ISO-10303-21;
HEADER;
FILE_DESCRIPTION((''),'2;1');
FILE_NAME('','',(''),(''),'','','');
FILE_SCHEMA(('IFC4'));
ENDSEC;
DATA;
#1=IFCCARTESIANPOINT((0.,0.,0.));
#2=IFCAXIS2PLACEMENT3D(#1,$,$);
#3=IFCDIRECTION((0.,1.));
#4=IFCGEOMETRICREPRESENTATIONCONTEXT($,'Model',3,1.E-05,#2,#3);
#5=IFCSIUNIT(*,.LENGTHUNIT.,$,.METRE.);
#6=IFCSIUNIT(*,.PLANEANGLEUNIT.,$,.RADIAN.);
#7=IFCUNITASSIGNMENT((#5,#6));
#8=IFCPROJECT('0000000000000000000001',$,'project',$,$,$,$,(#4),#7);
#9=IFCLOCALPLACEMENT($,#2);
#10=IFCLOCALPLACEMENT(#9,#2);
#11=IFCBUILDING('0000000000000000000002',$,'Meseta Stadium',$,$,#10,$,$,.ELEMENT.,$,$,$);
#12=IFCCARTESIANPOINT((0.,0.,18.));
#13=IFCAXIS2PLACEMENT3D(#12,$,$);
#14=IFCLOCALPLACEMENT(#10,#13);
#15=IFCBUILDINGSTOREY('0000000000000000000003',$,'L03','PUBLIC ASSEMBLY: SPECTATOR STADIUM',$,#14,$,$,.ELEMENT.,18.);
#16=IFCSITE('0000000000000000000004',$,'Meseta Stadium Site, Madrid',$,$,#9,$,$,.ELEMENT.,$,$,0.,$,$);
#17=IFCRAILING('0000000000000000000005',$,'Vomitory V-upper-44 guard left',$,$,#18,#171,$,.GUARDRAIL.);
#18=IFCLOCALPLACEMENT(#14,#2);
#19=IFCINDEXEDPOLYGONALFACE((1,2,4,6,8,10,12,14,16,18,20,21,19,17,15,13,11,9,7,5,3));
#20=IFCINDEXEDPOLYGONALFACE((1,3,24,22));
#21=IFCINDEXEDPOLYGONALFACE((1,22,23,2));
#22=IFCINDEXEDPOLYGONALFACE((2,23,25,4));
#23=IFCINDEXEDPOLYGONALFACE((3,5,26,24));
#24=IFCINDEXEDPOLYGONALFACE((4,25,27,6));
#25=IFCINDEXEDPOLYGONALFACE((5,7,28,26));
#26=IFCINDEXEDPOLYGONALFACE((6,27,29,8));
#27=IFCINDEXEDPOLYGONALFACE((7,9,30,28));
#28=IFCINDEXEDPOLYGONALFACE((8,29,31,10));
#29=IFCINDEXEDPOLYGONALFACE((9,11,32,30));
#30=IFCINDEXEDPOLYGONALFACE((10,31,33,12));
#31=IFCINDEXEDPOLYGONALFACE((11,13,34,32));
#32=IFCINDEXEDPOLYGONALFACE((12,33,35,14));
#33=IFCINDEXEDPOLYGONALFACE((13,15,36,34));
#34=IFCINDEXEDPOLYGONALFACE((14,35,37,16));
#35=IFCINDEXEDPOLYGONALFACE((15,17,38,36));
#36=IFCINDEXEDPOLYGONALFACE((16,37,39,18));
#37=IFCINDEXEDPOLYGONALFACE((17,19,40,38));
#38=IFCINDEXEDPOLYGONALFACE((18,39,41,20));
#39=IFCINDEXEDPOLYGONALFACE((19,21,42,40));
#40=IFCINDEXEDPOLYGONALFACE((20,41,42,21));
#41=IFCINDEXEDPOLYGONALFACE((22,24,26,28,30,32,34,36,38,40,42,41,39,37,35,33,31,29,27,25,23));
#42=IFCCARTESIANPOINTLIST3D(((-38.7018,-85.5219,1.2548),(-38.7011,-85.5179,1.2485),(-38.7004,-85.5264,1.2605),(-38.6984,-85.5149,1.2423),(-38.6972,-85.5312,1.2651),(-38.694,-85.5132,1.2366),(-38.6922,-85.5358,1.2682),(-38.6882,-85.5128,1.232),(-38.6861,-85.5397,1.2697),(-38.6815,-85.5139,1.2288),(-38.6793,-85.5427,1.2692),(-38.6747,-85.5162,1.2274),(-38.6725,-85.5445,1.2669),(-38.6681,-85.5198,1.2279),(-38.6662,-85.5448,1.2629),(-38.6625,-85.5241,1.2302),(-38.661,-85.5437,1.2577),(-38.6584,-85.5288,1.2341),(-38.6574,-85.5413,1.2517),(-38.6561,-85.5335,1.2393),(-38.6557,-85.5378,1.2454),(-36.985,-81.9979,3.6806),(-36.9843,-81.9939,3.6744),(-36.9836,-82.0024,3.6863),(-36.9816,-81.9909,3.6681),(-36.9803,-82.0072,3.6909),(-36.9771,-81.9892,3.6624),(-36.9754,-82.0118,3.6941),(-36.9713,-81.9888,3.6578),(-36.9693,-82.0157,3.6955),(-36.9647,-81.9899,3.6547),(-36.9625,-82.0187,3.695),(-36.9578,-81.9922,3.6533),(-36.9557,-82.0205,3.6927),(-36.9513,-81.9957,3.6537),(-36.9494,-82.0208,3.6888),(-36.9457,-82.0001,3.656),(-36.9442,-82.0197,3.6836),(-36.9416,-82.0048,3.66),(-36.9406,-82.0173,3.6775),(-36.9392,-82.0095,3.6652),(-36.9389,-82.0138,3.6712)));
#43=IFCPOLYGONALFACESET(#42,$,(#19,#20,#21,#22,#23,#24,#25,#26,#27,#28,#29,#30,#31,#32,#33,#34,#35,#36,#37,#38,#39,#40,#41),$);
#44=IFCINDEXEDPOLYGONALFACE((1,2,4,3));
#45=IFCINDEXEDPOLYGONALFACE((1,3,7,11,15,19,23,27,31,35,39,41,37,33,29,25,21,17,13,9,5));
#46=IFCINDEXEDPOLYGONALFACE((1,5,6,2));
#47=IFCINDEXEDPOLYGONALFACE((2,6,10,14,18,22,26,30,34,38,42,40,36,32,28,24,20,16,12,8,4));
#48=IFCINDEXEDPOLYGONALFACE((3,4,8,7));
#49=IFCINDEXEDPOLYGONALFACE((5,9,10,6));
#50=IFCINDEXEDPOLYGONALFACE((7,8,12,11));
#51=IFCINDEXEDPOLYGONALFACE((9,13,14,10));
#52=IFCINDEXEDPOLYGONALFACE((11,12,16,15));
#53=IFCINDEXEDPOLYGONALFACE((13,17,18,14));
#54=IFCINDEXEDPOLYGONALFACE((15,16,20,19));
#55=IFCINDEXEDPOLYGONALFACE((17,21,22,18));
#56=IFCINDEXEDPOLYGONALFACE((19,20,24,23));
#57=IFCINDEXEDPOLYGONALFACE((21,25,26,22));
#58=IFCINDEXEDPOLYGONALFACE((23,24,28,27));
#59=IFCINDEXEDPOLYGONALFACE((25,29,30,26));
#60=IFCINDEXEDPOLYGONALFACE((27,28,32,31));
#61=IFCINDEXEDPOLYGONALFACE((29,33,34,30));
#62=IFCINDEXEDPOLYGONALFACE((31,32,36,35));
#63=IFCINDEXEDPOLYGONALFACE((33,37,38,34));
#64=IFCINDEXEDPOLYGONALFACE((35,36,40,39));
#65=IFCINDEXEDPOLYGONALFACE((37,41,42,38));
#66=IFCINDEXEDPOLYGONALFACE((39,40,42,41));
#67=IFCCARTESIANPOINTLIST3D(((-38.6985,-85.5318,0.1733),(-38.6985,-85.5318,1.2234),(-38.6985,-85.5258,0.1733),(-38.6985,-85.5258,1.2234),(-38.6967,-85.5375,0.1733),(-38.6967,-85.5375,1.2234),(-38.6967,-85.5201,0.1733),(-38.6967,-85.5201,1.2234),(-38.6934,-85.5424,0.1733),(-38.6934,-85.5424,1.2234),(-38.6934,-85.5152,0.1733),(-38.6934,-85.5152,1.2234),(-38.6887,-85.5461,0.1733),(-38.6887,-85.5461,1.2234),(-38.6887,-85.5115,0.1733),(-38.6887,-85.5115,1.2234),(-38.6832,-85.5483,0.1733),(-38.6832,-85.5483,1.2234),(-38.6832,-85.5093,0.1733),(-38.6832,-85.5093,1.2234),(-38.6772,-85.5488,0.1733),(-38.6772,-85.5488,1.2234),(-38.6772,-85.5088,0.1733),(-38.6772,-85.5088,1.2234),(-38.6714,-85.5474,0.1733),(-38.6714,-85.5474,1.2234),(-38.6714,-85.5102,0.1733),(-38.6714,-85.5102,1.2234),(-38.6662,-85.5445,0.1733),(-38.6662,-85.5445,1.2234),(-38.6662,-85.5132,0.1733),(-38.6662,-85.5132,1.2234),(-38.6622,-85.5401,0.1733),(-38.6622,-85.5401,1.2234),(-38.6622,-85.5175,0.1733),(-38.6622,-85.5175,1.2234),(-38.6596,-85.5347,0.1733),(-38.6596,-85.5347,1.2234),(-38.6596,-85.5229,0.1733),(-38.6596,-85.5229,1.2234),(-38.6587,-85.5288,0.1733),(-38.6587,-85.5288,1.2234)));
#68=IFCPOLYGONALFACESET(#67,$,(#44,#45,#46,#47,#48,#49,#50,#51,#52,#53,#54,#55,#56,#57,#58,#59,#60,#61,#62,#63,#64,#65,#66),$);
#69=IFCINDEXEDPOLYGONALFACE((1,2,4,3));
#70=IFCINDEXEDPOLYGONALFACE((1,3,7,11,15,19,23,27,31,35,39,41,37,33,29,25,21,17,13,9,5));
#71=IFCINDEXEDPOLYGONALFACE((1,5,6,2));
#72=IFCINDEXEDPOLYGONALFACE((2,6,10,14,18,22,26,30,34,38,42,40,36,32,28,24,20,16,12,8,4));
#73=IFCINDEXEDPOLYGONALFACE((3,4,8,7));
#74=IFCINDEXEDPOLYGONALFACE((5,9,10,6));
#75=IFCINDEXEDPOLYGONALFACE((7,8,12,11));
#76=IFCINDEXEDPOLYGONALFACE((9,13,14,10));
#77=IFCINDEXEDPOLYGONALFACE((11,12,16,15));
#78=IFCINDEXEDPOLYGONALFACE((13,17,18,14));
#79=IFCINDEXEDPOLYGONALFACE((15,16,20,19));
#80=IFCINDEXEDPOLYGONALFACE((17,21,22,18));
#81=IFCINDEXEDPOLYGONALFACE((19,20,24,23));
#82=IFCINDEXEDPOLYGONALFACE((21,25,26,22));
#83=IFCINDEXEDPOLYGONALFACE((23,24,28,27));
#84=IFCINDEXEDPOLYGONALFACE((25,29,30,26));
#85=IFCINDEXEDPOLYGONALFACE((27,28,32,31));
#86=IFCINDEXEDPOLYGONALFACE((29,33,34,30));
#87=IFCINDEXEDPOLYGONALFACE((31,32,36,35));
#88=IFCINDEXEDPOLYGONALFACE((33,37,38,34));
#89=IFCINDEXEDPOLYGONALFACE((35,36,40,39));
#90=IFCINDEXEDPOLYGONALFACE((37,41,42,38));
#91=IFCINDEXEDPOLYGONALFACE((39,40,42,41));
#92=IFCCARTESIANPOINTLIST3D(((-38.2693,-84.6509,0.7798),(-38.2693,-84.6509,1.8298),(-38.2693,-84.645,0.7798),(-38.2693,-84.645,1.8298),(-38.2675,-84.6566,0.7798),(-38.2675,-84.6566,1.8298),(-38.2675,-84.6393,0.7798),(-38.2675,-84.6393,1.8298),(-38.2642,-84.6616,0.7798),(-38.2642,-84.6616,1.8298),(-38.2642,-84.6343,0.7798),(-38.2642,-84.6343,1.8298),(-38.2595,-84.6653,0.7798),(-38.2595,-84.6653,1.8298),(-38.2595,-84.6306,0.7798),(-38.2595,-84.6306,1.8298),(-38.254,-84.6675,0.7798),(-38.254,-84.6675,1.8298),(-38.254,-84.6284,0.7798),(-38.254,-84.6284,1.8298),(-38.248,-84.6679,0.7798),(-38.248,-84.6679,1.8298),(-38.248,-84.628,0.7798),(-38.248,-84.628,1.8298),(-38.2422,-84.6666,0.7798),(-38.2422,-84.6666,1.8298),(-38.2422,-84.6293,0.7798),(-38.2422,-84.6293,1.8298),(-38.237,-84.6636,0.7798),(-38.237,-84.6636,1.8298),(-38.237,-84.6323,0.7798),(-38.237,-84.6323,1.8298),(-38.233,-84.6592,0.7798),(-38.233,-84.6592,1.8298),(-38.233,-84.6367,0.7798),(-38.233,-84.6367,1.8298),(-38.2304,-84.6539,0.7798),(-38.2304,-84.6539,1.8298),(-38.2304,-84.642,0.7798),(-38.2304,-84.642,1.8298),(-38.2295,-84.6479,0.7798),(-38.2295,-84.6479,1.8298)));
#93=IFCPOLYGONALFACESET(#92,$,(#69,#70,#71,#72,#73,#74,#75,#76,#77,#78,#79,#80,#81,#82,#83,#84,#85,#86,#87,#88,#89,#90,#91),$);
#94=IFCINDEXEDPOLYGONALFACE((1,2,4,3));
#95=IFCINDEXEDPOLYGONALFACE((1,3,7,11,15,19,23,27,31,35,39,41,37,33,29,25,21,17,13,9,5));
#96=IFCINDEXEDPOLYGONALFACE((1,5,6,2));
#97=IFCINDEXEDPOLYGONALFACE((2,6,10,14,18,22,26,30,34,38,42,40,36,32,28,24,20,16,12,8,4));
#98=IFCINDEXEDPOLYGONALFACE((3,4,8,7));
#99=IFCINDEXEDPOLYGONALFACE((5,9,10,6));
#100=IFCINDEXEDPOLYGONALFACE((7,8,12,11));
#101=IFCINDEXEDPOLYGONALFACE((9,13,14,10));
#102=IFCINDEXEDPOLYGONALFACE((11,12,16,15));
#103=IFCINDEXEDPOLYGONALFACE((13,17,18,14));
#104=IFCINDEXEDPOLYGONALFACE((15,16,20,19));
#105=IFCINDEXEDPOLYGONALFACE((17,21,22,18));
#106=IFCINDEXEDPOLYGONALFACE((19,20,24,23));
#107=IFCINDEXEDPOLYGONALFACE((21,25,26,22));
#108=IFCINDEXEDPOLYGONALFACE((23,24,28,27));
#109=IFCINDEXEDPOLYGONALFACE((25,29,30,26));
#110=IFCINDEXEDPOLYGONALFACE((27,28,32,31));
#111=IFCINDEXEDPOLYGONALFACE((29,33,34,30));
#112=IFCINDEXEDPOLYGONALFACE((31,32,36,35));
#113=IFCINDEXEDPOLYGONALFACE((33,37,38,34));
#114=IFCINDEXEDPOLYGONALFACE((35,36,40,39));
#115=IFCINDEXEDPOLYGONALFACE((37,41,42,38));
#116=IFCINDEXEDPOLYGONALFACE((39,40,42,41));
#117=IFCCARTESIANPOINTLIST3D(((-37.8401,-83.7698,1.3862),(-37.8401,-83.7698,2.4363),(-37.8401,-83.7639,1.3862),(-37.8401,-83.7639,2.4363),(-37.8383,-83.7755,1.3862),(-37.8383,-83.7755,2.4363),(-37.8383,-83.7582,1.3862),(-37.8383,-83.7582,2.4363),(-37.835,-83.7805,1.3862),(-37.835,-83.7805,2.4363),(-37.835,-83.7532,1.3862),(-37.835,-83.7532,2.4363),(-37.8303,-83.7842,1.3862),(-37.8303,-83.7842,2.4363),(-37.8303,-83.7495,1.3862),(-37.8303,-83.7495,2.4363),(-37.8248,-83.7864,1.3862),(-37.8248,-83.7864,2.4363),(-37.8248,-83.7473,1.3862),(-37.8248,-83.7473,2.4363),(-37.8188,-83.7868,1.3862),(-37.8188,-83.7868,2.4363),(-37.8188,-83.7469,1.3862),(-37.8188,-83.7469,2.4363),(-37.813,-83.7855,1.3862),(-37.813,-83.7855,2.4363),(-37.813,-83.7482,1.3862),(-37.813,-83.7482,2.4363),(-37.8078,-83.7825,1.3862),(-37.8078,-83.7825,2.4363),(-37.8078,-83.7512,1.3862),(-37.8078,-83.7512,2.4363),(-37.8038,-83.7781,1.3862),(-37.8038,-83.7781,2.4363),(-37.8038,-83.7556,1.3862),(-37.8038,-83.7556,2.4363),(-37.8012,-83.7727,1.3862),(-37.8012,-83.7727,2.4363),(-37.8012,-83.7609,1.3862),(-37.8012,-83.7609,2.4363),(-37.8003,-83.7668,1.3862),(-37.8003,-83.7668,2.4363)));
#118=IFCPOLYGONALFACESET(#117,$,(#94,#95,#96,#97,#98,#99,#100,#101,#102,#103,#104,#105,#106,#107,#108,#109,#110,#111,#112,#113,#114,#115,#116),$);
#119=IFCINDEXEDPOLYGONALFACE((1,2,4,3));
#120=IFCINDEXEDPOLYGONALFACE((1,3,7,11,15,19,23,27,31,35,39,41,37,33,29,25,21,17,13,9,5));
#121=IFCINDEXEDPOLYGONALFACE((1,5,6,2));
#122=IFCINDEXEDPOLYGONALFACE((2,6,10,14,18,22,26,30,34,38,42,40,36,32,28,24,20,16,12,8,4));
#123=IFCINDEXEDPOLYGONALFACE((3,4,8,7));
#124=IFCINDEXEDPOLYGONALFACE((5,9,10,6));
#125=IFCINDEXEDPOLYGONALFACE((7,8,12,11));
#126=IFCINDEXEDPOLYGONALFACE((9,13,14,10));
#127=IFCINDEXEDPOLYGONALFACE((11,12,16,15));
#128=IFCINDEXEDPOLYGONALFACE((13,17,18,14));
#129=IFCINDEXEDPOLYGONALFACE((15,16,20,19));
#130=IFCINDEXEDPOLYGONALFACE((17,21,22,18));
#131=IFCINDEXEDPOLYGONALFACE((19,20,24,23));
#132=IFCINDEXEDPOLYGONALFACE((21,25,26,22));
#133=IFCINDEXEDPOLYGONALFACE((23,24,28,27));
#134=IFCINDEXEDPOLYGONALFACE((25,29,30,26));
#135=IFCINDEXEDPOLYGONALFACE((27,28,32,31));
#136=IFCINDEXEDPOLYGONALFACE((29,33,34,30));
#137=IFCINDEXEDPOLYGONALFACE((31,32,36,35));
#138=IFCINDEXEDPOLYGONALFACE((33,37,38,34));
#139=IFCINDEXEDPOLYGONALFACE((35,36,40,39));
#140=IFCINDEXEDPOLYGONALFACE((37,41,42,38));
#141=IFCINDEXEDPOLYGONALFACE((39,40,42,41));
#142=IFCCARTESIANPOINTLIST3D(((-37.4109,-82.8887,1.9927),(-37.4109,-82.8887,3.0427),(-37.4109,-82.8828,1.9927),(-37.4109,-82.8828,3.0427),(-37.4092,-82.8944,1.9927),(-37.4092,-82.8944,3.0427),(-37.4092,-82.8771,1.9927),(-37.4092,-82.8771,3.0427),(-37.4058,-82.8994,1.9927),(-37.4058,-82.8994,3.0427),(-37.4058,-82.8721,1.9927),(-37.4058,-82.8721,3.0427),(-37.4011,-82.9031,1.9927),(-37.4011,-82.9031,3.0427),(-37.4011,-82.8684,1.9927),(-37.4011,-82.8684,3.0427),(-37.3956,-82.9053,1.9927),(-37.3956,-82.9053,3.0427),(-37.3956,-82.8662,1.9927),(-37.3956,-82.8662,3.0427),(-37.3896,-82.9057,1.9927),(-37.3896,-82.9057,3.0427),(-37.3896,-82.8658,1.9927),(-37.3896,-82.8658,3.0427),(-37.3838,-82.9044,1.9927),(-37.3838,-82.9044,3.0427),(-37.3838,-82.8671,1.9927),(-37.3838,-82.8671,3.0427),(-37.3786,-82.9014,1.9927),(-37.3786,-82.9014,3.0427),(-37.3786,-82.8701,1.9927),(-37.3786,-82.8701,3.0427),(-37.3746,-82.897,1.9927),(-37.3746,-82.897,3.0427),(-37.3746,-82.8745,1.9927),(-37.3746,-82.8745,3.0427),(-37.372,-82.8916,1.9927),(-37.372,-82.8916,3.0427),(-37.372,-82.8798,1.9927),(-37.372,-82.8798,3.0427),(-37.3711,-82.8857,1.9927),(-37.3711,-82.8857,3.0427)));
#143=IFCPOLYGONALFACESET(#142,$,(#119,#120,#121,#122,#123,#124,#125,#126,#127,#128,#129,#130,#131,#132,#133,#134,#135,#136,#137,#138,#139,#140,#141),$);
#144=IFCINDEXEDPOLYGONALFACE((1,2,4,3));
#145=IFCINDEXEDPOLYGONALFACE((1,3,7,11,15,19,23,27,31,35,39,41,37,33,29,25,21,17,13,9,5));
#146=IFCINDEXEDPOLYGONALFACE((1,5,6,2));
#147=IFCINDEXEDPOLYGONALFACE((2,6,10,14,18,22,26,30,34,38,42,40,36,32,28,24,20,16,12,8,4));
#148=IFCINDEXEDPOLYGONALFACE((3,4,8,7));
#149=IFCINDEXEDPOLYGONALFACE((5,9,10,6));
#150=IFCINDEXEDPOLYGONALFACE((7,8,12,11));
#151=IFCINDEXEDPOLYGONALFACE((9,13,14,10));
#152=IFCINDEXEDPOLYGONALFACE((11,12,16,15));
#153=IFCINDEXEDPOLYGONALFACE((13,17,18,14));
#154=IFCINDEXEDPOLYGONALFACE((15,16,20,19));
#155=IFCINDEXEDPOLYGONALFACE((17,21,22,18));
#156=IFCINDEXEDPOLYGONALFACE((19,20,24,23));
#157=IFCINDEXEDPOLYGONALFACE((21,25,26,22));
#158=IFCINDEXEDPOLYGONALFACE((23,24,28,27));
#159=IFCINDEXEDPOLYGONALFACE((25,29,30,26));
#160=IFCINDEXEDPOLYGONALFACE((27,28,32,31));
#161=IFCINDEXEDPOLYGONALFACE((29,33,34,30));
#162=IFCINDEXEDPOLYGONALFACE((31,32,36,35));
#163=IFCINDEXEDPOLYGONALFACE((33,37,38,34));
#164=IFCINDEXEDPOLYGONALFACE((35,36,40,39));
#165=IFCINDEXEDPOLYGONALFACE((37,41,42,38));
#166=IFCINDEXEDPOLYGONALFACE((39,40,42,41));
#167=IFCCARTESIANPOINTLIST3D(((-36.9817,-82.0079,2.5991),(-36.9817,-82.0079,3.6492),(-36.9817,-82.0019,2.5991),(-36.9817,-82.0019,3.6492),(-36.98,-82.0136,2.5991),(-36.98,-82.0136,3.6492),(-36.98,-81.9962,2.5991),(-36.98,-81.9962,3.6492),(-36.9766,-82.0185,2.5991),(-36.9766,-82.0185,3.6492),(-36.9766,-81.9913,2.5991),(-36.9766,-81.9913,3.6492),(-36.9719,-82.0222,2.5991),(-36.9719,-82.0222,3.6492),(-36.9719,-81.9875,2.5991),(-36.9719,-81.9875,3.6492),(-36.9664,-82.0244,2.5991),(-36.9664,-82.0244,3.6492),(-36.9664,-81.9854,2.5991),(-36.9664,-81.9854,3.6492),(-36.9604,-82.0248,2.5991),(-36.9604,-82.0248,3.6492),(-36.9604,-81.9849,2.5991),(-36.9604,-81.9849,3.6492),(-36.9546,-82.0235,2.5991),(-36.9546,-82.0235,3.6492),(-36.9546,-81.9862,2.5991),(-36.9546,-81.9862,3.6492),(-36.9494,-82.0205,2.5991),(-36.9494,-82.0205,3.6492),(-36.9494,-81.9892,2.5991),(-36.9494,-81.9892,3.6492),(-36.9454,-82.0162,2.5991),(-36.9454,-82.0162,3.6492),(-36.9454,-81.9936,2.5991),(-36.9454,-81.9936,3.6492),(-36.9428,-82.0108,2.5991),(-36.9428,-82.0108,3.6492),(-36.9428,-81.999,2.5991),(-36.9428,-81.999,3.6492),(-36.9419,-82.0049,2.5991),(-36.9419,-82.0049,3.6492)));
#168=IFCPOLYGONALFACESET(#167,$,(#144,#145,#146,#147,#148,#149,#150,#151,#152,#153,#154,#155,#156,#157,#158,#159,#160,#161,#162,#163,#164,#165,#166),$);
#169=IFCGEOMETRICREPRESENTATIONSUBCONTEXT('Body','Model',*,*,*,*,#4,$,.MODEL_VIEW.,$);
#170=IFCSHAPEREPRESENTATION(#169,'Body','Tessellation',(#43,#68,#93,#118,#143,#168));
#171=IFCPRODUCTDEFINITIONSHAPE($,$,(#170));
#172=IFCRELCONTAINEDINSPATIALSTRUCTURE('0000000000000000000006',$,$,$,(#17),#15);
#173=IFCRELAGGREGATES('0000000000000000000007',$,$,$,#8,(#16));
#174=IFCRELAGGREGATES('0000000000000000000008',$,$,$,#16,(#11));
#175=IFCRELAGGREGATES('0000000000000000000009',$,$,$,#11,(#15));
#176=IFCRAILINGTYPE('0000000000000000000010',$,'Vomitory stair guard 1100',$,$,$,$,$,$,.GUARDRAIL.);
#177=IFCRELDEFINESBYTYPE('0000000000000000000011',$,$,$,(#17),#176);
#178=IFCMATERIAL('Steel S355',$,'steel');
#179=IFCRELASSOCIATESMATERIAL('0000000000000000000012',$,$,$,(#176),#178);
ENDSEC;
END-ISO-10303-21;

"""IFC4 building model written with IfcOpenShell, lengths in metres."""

from ifc_helpers import new_model, si_unit, direction, frame, origin, origin_2d, place, context, subcontext, project, spatial, circle, extrude, material, type_object, element, save


model = new_model("IFC4")

# Units and contexts
model_context = context("Model", 3, precision=1e-05, world=origin(), true_north=direction((0.0, 1.0)))
body_context = subcontext(model_context, "Body", "Model", "MODEL_VIEW")
ifc_project = project(units=[si_unit("LENGTHUNIT", "METRE"), si_unit("PLANEANGLEUNIT", "RADIAN")], contexts=[model_context])

# Site, building, storey
site_placement = place(None, origin())
site = spatial("IfcSite", under=ifc_project, at=site_placement, Name="Meseta Stadium Site, Madrid", CompositionType="ELEMENT", RefElevation=0.0)
building_placement = place(site_placement, origin())
building = spatial("IfcBuilding", under=site, at=building_placement, Name="Meseta Stadium", CompositionType="ELEMENT")
storey_placement = place(building_placement, frame((0.0, 0.0, 18.0)))
storey = spatial("IfcBuildingStorey", under=building, at=storey_placement, Name="L03", Description="PUBLIC ASSEMBLY: SPECTATOR STADIUM", CompositionType="ELEMENT", Elevation=18.0)

# Railing
ifc_material_1 = material(Name="Steel S355", Category="steel")
railing_type_1 = type_object("IfcRailingType", Name="Vomitory stair guard 1100", PredefinedType="GUARDRAIL", material=ifc_material_1)
railing_1_placement = place(storey_placement, frame((-38.6787, -85.5288, 0.1733)))
element("IfcRailing", 1, at=railing_1_placement, inside=storey, type_object=railing_type_1, Name="Vomitory V-upper-44 guard left", PredefinedType="GUARDRAIL", context=body_context, shape_type="SweptSolid", body=[
    extrude(circle(Radius=0.0249, at=origin_2d()), frame((0.0, 0.0, 1.0752), z_axis=(0.372427, 0.764449, 0.526228), x_axis=(-0.898989, 0.437972, 0.0)), (0.0, 0.0, 1.0), 4.6099),
    extrude(circle(Radius=0.02, at=origin_2d()), origin(), (0.0, 0.0, 1.0), 1.05),
    extrude(circle(Radius=0.02, at=origin_2d()), frame((0.4292, 0.8809, 0.6064)), (0.0, 0.0, 1.0), 1.05),
    extrude(circle(Radius=0.02, at=origin_2d()), frame((0.8584, 1.762, 1.2129)), (0.0, 0.0, 1.0), 1.05),
    extrude(circle(Radius=0.02, at=origin_2d()), frame((1.2876, 2.6431, 1.8193)), (0.0, 0.0, 1.0), 1.05),
    extrude(circle(Radius=0.02, at=origin_2d()), frame((1.7168, 3.5239, 2.4258)), (0.0, 0.0, 1.0), 1.05),
])

save(model, "model.ifc")
